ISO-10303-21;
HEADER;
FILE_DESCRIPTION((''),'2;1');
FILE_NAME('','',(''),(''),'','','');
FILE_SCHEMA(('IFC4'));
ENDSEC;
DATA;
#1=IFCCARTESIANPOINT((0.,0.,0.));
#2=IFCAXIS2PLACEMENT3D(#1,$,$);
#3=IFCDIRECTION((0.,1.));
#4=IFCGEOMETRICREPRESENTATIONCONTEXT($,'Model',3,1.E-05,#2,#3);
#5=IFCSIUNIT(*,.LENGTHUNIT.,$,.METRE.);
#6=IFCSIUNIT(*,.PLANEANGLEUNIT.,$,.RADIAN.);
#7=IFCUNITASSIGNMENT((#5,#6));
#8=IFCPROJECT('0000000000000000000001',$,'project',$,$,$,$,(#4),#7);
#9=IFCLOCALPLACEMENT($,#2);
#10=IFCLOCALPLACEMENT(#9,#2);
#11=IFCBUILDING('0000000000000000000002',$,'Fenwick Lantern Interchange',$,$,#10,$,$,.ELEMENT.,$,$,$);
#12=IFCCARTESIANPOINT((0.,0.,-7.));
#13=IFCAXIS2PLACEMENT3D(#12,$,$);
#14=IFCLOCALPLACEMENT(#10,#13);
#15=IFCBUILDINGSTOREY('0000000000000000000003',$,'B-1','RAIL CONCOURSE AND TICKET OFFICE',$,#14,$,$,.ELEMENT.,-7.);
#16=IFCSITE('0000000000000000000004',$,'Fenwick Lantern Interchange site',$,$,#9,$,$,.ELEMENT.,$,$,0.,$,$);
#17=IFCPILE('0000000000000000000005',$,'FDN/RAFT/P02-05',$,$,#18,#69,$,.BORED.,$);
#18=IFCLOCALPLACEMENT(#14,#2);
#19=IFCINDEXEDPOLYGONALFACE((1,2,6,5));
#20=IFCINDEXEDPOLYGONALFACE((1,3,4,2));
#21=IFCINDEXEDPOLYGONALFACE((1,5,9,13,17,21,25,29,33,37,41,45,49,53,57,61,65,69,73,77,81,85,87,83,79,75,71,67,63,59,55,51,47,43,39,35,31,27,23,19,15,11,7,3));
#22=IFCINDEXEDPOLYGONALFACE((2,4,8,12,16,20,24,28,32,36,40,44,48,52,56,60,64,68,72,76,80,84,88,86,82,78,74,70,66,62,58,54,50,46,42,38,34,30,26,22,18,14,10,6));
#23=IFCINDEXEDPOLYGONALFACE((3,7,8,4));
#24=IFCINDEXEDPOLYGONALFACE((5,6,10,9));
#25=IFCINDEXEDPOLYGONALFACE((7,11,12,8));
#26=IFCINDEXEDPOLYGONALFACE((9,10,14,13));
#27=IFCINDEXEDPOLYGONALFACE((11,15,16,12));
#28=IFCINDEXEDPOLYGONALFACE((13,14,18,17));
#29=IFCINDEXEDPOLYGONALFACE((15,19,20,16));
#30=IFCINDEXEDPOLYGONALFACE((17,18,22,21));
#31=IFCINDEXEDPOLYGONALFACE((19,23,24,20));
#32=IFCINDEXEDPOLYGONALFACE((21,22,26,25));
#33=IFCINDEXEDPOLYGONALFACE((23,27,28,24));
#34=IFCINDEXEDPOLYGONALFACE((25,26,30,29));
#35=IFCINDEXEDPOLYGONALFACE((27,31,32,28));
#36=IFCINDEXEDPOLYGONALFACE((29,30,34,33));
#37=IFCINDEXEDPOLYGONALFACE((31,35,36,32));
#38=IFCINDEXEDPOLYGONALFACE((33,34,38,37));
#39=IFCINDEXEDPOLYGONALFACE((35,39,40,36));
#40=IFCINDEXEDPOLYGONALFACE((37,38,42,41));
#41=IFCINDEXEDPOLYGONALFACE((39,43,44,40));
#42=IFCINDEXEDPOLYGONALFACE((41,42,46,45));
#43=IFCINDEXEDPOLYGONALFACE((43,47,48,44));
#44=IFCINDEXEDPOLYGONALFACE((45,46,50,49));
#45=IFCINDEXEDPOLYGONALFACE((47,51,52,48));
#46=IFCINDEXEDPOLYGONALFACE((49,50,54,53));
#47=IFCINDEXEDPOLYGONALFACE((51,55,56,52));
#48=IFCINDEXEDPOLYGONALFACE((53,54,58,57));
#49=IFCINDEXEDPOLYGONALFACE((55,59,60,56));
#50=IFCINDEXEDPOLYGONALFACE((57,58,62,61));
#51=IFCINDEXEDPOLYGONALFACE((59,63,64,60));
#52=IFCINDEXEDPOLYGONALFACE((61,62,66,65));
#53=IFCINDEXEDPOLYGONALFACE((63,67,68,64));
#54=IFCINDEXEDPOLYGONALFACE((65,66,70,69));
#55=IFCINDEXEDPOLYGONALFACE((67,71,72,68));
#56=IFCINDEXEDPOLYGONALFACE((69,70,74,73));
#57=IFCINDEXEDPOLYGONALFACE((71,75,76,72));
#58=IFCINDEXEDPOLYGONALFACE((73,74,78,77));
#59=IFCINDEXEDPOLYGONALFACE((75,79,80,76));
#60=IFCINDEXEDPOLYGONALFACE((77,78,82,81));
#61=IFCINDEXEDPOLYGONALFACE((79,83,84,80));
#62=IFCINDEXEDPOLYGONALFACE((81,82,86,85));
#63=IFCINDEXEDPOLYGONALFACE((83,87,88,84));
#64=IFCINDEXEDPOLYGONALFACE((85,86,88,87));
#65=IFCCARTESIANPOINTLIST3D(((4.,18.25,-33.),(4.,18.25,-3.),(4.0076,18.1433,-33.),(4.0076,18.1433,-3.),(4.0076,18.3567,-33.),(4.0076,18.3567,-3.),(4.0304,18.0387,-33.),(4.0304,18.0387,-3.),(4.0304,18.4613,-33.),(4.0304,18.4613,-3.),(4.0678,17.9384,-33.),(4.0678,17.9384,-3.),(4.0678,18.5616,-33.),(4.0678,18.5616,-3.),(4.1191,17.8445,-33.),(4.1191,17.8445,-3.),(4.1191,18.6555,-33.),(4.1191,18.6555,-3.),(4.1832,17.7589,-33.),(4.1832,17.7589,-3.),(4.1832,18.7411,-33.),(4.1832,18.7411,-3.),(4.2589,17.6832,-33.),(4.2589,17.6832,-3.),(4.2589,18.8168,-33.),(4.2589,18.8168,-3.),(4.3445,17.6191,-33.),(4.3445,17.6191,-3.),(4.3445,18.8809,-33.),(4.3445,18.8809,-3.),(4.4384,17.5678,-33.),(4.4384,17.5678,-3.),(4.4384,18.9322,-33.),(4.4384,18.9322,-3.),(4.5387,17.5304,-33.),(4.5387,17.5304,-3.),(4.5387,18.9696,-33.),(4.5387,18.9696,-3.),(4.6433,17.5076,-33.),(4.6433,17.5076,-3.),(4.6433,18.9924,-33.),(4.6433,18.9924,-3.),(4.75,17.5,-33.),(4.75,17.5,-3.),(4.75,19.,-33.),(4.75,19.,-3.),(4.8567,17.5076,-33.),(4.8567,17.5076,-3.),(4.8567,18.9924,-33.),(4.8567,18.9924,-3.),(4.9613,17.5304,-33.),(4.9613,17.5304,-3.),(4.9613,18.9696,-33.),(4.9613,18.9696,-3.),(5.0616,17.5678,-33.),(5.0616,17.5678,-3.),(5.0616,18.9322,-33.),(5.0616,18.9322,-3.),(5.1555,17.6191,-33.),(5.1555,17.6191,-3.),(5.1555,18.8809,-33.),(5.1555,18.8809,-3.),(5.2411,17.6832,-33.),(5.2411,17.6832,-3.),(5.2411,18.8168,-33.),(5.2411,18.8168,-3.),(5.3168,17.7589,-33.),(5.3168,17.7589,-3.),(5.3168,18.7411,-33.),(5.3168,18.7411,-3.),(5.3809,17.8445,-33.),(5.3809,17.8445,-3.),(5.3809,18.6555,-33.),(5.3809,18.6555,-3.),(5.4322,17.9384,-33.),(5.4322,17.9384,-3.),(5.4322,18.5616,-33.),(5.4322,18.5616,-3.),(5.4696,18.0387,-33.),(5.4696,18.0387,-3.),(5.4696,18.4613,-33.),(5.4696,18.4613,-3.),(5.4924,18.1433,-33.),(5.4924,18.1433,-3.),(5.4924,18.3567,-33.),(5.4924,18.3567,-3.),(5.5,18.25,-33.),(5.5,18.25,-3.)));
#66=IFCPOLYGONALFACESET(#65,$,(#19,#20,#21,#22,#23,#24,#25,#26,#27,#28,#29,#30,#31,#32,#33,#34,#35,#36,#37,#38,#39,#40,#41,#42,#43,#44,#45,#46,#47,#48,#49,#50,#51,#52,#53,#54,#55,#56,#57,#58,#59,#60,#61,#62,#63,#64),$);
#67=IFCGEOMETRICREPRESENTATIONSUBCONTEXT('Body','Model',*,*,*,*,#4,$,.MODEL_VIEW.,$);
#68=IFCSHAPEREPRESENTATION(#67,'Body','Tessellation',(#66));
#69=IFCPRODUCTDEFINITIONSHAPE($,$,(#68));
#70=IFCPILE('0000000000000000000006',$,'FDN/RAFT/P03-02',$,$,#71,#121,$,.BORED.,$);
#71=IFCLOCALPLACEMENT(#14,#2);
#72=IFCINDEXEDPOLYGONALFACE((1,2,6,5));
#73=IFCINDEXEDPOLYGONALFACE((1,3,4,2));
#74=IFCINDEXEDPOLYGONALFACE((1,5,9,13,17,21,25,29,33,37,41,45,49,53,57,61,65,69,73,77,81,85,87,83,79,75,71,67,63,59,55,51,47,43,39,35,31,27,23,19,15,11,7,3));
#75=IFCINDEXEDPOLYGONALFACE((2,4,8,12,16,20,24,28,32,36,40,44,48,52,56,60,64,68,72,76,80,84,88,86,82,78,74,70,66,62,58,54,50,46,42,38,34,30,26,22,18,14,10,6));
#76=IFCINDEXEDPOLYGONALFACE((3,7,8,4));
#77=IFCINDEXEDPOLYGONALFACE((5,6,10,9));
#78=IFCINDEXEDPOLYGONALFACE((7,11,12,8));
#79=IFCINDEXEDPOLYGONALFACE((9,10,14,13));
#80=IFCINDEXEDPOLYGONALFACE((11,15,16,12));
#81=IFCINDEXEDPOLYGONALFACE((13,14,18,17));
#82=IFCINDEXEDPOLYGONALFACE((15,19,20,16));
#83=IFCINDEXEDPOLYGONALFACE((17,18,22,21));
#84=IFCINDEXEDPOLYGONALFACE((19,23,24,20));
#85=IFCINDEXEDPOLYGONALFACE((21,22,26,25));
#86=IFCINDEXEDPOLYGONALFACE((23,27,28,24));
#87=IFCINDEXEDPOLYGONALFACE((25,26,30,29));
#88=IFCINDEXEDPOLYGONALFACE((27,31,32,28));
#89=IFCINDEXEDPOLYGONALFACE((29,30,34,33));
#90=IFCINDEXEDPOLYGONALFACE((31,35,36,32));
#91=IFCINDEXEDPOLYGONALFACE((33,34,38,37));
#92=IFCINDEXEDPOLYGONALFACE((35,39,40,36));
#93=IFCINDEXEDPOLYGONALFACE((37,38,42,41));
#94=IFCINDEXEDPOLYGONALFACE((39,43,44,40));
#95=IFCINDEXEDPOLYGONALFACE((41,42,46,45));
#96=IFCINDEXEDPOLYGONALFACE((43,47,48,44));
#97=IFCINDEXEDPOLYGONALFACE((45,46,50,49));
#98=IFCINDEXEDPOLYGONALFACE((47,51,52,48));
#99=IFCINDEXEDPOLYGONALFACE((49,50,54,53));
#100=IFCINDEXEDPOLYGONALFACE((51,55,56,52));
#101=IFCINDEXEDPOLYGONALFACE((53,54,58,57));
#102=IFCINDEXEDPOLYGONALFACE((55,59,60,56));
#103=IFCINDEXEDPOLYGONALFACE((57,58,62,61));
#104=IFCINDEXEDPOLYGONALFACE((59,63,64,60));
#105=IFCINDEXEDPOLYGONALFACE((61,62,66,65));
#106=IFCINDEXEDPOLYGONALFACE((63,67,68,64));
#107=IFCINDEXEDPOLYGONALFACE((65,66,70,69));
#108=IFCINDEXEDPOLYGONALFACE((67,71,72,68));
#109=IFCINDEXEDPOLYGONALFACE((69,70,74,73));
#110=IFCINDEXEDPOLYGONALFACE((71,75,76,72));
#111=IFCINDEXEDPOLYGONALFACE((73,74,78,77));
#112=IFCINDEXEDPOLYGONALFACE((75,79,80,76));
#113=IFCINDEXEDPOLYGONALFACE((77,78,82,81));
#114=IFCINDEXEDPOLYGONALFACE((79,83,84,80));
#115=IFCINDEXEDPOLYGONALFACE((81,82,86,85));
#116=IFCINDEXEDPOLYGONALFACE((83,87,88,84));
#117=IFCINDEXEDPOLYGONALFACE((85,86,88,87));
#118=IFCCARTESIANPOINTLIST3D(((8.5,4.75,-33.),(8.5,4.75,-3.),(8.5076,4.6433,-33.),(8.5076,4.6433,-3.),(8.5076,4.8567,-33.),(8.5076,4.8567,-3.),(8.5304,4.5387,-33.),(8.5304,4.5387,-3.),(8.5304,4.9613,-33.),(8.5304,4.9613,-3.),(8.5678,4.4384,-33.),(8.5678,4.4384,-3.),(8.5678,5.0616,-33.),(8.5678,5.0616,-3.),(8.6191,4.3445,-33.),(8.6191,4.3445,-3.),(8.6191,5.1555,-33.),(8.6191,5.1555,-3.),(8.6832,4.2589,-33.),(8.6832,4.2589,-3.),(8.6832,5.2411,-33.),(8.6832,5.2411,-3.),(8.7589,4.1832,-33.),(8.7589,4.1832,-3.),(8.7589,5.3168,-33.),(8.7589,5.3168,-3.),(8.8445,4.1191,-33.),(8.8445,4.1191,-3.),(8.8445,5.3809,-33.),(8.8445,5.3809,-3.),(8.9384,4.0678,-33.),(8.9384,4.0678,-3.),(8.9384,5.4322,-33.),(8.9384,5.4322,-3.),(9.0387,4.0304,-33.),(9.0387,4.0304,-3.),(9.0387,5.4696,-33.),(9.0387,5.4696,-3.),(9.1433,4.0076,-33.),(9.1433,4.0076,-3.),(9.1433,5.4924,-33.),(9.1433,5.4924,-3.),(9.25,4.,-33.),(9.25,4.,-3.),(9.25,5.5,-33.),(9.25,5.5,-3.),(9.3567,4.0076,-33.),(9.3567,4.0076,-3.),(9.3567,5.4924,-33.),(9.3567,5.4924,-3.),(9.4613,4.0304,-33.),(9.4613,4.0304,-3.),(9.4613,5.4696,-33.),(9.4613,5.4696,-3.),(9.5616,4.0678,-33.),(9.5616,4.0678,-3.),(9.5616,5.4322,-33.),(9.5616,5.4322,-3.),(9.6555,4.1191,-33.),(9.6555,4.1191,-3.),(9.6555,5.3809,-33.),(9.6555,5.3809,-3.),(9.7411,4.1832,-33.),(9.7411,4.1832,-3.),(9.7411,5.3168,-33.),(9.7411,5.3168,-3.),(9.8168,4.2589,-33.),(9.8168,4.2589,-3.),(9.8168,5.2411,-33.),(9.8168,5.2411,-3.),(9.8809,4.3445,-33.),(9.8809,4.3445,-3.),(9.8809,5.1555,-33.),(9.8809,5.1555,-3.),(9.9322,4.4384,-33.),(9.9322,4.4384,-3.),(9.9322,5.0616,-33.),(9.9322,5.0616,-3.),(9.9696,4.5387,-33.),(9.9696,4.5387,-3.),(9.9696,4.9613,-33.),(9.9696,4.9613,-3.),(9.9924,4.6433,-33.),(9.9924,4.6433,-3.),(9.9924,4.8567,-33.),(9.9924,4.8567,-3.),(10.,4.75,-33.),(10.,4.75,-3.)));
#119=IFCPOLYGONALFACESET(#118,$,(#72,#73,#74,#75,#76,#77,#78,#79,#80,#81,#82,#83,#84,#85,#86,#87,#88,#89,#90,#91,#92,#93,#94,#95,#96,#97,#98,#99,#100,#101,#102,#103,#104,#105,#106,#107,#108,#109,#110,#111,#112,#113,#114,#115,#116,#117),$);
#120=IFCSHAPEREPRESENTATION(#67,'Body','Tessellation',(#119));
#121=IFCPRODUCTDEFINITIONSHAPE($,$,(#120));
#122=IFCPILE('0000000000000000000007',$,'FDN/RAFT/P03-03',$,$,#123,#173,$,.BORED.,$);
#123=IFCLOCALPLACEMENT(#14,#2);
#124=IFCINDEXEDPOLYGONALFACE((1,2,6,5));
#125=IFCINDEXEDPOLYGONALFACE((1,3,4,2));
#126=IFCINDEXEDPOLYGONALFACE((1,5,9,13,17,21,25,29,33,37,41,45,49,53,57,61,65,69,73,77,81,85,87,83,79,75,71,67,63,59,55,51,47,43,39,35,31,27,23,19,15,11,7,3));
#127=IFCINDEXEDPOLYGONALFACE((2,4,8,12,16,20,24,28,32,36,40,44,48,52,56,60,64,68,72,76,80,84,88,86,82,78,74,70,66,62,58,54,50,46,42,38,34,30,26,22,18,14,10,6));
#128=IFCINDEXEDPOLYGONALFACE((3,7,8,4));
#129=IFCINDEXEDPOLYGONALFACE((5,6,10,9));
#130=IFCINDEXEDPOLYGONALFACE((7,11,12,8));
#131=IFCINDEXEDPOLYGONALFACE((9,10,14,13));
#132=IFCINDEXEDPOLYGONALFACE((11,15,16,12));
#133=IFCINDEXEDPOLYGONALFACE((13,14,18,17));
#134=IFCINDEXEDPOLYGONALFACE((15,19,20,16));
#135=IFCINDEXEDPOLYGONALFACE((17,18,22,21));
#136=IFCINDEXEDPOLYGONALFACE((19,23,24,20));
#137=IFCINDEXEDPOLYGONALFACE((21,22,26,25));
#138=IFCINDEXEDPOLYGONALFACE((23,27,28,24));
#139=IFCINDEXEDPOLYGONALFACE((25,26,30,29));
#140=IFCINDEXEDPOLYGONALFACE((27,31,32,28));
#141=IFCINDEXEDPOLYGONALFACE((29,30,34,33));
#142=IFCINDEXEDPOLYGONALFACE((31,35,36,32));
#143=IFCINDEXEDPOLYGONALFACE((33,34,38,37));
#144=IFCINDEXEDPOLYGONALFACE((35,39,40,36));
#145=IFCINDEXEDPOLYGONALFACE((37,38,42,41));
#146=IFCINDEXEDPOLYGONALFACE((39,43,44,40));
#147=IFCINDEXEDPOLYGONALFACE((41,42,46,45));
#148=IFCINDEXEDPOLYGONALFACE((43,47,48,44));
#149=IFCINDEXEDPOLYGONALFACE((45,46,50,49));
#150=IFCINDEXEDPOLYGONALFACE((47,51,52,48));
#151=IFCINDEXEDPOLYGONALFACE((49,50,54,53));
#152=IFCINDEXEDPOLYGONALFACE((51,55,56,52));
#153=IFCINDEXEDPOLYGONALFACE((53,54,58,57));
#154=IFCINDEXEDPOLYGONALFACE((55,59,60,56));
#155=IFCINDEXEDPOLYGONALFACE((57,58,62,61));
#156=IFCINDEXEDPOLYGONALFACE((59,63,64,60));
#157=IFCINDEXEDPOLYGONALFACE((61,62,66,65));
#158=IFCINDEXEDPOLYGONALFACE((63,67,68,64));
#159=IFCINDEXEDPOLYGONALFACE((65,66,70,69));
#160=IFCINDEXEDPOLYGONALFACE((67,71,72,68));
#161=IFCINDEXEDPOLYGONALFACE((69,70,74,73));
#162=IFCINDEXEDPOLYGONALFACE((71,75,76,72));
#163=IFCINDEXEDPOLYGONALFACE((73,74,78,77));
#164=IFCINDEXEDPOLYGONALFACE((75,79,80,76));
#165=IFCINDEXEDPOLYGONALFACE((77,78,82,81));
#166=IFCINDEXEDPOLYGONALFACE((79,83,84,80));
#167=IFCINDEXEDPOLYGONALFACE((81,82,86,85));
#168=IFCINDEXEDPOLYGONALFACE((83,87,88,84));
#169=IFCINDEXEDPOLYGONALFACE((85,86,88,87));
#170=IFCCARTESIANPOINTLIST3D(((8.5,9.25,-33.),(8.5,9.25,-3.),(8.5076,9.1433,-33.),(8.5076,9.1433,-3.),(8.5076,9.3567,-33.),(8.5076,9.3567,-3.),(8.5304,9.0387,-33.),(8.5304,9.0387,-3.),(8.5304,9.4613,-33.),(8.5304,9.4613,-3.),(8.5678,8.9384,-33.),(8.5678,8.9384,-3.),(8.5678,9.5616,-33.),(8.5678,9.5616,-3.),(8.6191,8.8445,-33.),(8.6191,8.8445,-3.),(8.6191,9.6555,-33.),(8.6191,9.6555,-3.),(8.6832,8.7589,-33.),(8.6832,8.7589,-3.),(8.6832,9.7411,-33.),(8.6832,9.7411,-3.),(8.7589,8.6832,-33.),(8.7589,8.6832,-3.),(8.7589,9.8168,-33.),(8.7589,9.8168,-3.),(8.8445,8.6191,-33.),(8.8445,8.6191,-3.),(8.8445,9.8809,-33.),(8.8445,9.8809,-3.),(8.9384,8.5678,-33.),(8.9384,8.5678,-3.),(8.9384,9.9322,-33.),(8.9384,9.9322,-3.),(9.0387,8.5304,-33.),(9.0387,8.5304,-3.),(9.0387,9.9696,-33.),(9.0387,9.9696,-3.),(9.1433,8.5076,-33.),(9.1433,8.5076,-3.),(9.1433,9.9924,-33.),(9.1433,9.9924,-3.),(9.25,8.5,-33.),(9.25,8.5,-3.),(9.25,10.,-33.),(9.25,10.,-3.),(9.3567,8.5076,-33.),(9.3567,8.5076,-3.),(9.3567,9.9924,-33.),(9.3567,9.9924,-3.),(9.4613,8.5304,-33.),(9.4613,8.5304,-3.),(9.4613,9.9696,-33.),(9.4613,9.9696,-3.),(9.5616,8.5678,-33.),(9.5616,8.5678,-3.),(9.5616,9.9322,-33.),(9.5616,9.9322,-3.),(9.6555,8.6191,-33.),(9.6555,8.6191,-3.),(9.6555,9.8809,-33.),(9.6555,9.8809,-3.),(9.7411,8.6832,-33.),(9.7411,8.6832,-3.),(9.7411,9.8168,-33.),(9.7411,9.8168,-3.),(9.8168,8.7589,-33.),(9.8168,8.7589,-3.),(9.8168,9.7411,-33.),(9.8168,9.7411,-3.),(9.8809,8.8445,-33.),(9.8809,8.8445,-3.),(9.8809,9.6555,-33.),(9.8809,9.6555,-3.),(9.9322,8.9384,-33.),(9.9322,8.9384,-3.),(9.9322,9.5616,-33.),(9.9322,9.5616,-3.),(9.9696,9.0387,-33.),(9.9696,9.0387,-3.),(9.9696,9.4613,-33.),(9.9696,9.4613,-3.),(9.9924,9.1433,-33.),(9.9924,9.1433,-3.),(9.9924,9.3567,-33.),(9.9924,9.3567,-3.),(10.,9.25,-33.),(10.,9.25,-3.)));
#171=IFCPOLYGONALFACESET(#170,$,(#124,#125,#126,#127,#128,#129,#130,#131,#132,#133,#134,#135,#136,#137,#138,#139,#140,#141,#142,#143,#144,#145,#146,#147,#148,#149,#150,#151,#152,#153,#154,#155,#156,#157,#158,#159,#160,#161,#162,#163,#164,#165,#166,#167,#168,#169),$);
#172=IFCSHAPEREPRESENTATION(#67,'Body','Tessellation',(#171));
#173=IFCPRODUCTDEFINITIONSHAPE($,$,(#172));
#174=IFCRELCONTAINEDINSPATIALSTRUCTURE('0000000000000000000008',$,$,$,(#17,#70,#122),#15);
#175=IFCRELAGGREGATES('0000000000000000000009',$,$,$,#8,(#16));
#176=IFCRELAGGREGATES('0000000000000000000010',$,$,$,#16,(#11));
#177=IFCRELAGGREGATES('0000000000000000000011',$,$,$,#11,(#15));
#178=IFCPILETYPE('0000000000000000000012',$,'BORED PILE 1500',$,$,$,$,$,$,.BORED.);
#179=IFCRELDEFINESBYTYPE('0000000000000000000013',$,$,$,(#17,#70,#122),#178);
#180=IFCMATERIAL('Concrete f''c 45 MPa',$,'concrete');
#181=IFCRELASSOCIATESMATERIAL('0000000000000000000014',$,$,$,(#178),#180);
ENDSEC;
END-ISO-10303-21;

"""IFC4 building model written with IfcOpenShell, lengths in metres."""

from ifc_helpers import new_model, si_unit, direction, frame, origin, origin_2d, place, context, subcontext, project, spatial, circle, extrude, material, type_object, element, save


model = new_model("IFC4")

# Units and contexts
model_context = context("Model", 3, precision=1e-05, world=origin(), true_north=direction((0.0, 1.0)))
body_context = subcontext(model_context, "Body", "Model", "MODEL_VIEW")
ifc_project = project(units=[si_unit("LENGTHUNIT", "METRE"), si_unit("PLANEANGLEUNIT", "RADIAN")], contexts=[model_context])

# Site, building, storey
site_placement = place(None, origin())
site = spatial("IfcSite", under=ifc_project, at=site_placement, Name="Fenwick Lantern Interchange site", CompositionType="ELEMENT", RefElevation=0.0)
building_placement = place(site_placement, origin())
building = spatial("IfcBuilding", under=site, at=building_placement, Name="Fenwick Lantern Interchange", CompositionType="ELEMENT")
storey_placement = place(building_placement, frame((0.0, 0.0, -7.0)))
storey = spatial("IfcBuildingStorey", under=building, at=storey_placement, Name="B-1", Description="RAIL CONCOURSE AND TICKET OFFICE", CompositionType="ELEMENT", Elevation=-7.0)

# Piles
ifc_material_1 = material(Name="Concrete f'c 45 MPa", Category="concrete")
pile_type = type_object("IfcPileType", Name="BORED PILE 1500", PredefinedType="BORED", material=ifc_material_1)
for number, where, z_axis, x_axis, name in (
    (1, (4.75, 18.25, -3.0), (0.0, 0.0, -1.0), (1.0, 0.0, 0.0), "FDN/RAFT/P02-05"),
    (2, (9.25, 4.75, -3.0), (0.0, 0.0, -1.0), (1.0, 0.0, 0.0), "FDN/RAFT/P03-02"),
    (3, (9.25, 9.25, -3.0), (0.0, 0.0, -1.0), (1.0, 0.0, 0.0), "FDN/RAFT/P03-03"),
):
    element("IfcPile", number, at=place(storey_placement, frame(where, z_axis=z_axis, x_axis=x_axis)), inside=storey, type_object=pile_type, Name=name, PredefinedType="BORED", context=body_context, shape_type="SweptSolid", body=[
        extrude(circle(Radius=0.75, at=origin_2d()), origin(), (0.0, 0.0, 1.0), 30.0),
    ])

save(model, "model.ifc")
